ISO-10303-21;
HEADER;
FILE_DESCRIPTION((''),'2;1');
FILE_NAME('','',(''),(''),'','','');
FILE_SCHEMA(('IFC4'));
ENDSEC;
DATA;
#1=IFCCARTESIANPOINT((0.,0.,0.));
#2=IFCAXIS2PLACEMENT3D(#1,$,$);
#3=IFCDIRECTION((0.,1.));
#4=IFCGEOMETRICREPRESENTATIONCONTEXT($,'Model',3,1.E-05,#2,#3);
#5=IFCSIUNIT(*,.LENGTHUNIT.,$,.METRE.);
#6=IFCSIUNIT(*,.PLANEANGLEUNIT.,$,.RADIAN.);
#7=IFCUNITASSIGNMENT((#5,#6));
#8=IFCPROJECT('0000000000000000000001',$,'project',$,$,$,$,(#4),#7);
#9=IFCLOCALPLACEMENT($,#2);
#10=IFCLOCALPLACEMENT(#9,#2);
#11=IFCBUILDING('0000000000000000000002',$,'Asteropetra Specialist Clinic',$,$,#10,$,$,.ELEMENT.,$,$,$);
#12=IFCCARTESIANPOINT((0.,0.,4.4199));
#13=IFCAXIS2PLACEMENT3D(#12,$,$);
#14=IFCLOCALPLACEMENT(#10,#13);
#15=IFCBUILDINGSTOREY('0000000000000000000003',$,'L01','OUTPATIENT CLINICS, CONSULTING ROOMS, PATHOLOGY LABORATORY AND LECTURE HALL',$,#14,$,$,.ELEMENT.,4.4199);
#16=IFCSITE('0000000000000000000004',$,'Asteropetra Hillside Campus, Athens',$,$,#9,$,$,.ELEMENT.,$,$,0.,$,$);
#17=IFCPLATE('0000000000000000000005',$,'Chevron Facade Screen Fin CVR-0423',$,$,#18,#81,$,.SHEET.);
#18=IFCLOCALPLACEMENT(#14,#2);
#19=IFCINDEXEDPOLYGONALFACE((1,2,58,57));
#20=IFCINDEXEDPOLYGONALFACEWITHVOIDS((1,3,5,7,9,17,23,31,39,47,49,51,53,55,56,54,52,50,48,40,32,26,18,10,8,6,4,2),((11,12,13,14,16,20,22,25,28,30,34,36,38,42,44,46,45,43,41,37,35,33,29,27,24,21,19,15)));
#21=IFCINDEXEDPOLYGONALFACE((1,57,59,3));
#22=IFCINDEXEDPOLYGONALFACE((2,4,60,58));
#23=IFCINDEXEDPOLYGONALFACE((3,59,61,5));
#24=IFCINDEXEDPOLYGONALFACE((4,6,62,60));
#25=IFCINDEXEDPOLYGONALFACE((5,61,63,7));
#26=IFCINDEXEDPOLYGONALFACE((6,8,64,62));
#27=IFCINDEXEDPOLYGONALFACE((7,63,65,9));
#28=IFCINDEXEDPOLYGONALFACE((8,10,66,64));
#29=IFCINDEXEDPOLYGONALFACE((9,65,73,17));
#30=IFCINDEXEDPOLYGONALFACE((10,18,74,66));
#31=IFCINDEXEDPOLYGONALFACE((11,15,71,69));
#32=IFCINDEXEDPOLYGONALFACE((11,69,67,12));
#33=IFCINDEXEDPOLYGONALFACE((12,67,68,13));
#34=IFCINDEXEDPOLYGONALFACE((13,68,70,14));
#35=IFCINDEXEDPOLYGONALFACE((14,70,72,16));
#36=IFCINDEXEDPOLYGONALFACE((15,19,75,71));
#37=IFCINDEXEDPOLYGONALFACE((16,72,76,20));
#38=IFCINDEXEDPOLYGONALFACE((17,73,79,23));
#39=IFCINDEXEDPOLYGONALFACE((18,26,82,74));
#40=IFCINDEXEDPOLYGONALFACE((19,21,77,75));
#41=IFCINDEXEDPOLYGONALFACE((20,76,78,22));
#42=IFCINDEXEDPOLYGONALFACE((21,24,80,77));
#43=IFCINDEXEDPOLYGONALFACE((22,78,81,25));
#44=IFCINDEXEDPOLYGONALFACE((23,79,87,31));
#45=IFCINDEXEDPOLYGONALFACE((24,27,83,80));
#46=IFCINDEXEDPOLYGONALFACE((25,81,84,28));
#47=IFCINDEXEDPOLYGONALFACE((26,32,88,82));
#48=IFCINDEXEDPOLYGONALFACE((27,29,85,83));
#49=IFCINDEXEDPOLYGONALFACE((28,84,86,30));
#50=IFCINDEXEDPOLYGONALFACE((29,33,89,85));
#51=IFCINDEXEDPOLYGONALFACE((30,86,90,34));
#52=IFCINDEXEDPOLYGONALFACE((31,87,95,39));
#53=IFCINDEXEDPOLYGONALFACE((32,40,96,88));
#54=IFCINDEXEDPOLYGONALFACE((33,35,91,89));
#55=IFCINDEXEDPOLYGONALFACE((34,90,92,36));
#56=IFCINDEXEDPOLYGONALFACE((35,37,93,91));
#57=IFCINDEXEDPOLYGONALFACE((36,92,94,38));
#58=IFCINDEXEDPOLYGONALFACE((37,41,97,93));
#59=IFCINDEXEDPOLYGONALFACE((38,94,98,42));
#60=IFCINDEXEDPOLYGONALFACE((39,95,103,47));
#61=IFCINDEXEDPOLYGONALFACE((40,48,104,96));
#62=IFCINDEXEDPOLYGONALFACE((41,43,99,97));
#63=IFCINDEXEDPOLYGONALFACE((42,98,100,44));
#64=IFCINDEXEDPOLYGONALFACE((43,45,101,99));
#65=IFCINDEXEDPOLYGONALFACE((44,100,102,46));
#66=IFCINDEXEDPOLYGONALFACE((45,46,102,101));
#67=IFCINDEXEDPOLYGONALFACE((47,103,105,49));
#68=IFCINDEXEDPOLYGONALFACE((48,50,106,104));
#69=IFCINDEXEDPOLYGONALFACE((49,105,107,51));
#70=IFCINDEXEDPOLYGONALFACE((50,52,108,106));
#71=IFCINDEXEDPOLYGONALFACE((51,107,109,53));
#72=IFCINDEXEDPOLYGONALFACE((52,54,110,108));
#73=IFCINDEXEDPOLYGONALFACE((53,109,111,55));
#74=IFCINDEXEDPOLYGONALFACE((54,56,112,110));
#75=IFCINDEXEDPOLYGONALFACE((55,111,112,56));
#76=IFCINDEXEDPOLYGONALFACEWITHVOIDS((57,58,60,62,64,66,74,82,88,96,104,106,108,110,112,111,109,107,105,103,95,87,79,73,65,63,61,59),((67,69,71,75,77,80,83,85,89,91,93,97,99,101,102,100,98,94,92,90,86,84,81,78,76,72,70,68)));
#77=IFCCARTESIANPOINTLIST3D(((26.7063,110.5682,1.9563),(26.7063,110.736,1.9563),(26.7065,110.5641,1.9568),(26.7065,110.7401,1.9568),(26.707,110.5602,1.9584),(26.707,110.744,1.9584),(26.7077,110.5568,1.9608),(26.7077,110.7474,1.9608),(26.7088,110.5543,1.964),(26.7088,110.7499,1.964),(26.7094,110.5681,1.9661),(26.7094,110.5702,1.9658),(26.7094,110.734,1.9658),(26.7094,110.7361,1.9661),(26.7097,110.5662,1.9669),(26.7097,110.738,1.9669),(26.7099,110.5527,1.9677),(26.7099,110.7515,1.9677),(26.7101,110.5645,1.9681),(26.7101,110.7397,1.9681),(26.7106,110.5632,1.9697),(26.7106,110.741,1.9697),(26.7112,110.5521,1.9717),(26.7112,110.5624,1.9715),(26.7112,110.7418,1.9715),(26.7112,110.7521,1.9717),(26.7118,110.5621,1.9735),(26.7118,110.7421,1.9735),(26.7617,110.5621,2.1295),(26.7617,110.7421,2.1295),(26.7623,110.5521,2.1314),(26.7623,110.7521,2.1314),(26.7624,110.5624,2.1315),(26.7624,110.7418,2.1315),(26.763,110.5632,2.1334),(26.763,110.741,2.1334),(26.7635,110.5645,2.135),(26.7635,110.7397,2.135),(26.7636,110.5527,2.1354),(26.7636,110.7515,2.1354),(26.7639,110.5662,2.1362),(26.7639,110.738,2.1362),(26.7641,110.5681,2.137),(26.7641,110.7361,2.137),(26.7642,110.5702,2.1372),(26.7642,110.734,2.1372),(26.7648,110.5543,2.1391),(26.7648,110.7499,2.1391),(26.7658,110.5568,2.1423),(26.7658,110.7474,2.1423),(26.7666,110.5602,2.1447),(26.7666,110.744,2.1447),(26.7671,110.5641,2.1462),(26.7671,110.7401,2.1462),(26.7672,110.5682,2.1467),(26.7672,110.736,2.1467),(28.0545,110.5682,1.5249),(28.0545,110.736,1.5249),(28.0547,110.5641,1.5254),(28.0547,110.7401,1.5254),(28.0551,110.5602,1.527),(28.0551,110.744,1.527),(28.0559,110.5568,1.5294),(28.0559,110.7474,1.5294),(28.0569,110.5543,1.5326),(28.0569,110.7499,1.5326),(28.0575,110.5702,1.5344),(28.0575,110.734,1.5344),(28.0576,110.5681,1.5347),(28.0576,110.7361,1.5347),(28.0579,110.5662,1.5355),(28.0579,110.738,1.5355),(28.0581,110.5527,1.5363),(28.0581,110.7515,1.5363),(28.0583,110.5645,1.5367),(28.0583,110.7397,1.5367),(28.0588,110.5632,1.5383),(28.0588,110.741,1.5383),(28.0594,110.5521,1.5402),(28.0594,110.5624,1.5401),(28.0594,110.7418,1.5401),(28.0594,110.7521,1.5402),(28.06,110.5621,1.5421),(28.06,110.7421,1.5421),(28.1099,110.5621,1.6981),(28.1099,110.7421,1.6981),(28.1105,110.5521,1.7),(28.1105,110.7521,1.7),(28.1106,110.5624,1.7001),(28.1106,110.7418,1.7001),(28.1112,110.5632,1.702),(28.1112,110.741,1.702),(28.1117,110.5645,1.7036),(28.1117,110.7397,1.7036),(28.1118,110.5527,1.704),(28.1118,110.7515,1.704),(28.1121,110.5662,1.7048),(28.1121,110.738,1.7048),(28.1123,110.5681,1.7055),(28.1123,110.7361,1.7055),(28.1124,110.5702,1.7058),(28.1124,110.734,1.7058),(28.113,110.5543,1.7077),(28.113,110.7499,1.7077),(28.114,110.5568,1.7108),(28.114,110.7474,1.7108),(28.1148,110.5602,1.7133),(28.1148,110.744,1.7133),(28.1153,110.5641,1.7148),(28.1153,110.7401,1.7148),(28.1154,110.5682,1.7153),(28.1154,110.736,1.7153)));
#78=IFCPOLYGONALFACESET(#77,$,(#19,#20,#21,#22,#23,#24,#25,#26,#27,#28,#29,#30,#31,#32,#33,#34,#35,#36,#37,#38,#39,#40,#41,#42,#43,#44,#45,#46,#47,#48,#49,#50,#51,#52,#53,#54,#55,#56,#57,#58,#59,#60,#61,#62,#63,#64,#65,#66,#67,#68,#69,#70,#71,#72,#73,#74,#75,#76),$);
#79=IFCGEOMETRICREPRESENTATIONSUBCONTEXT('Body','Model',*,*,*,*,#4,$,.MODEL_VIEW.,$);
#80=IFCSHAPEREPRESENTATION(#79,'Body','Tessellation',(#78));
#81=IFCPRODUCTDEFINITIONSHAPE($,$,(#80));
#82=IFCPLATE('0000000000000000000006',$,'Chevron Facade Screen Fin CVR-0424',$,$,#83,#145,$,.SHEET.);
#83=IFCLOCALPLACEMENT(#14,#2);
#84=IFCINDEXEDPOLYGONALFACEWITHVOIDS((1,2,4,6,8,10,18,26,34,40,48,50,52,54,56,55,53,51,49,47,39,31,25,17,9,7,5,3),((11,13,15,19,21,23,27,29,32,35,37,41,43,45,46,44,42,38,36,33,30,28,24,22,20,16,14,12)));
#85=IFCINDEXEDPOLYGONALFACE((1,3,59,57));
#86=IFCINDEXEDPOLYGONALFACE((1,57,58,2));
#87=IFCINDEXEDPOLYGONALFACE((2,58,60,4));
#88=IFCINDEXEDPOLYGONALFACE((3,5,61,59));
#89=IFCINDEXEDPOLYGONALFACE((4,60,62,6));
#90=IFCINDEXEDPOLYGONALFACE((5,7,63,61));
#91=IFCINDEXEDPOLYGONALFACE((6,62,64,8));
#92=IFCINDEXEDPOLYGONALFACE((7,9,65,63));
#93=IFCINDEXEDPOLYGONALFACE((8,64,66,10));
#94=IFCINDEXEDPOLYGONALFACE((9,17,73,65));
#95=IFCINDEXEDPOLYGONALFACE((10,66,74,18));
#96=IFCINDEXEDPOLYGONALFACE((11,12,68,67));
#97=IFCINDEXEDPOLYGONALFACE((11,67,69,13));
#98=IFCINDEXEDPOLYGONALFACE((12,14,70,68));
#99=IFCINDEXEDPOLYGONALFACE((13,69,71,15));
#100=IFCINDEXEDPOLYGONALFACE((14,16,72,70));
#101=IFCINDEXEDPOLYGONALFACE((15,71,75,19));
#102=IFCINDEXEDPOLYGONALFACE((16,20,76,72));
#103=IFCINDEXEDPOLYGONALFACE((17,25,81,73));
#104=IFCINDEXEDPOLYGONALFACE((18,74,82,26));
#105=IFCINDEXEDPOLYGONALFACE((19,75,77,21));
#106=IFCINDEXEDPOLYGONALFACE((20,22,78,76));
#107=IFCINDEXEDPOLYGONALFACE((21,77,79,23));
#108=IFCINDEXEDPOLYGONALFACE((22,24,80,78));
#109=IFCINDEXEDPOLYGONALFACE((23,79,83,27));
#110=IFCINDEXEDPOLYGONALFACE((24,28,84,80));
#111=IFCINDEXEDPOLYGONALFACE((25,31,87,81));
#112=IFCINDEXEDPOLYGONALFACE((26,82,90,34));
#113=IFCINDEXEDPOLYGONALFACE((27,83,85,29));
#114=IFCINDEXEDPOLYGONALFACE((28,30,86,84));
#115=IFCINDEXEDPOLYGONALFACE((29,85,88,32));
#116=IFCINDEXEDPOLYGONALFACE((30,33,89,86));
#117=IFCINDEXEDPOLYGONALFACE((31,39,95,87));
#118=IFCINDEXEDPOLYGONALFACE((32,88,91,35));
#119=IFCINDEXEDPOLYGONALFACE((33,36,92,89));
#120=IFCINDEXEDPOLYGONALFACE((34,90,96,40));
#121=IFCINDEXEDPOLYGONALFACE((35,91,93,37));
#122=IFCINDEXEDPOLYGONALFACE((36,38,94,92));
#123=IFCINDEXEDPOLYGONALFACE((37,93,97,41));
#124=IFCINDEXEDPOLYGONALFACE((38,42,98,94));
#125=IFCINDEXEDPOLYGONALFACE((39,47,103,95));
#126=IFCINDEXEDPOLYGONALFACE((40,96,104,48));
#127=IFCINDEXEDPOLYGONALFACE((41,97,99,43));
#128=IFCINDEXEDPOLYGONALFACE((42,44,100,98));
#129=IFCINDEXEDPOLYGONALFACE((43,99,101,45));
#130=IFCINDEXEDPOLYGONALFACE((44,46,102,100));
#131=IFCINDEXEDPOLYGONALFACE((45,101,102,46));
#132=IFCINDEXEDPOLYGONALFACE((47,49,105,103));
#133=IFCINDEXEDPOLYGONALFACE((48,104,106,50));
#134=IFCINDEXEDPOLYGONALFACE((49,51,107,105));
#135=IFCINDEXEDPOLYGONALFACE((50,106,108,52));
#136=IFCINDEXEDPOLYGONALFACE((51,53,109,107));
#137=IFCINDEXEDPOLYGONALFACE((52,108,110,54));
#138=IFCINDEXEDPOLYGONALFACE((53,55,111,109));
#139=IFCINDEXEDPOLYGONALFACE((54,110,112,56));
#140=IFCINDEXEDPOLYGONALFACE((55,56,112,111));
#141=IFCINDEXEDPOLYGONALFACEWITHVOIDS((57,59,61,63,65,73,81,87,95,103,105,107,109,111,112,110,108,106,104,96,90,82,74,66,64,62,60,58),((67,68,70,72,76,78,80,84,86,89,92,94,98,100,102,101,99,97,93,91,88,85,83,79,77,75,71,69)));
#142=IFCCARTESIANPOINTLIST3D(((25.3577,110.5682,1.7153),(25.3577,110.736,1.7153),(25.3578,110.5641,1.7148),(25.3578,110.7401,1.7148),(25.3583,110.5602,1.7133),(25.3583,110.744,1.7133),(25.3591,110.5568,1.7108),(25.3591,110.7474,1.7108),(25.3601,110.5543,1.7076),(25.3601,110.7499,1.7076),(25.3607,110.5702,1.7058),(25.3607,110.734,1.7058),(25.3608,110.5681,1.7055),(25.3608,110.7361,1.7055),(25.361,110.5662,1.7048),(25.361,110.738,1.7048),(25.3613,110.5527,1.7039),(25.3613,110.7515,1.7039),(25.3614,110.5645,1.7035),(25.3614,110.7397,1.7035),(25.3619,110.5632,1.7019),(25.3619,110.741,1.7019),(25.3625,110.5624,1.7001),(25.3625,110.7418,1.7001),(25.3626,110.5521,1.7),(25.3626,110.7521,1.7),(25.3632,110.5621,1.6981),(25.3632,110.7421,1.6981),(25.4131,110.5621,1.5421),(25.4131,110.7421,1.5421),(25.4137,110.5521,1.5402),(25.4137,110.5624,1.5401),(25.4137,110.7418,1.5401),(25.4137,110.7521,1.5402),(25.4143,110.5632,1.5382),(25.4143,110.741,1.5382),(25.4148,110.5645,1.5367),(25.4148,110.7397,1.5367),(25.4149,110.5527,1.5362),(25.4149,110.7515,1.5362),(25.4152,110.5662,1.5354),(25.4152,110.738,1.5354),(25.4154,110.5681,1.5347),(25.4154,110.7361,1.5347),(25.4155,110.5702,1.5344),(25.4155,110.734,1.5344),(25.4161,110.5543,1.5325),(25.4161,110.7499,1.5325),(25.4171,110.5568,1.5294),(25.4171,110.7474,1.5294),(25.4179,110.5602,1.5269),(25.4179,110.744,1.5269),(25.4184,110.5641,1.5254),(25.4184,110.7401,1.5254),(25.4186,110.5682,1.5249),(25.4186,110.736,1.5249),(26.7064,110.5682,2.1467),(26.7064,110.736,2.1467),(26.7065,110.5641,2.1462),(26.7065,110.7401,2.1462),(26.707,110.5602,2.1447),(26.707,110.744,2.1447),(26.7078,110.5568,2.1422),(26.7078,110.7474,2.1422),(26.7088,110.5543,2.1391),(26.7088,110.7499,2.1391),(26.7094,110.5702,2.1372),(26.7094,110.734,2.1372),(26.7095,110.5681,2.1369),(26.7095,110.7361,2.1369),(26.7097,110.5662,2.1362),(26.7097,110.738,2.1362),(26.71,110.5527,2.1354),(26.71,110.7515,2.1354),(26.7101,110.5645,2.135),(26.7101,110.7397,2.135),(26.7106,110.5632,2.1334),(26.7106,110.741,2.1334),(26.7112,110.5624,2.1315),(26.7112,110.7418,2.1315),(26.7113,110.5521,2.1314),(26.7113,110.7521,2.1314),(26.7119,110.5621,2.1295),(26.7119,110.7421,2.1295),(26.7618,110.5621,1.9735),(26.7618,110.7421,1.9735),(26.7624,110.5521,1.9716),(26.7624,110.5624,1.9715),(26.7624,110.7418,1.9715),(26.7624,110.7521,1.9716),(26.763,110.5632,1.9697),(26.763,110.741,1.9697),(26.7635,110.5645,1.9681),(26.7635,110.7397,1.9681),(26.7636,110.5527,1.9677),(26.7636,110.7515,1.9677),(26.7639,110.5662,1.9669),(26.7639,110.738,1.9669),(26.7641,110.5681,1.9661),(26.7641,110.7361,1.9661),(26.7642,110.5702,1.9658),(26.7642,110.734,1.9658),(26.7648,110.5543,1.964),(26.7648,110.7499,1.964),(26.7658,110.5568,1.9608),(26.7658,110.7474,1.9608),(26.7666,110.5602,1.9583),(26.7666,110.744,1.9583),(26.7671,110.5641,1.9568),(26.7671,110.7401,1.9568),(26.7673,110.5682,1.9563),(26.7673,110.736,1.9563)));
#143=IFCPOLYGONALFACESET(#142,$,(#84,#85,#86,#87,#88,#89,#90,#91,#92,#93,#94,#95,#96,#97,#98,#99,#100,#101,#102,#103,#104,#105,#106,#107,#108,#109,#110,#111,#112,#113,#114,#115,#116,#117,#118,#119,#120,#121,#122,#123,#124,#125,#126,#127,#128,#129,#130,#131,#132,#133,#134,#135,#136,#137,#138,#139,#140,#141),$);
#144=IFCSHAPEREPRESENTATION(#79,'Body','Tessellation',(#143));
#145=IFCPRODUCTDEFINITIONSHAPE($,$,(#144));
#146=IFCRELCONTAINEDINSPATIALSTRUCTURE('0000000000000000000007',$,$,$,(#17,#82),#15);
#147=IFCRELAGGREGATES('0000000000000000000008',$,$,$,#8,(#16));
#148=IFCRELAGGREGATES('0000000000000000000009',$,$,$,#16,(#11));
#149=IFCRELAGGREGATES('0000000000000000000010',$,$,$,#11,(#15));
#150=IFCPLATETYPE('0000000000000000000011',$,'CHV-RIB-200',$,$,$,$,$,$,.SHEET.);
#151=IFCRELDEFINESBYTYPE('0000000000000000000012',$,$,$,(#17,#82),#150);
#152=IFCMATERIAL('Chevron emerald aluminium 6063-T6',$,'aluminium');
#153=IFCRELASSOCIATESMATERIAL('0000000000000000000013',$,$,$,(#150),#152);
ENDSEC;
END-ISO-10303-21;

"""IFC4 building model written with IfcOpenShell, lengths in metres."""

from ifc_helpers import new_model, si_unit, direction, frame, origin, origin_2d, place, context, subcontext, project, spatial, hollow_rectangle, extrude, material, material_profile, profile_set, type_object, element, save


model = new_model("IFC4")

# Units and contexts
model_context = context("Model", 3, precision=1e-05, world=origin(), true_north=direction((0.0, 1.0)))
body_context = subcontext(model_context, "Body", "Model", "MODEL_VIEW")
ifc_project = project(units=[si_unit("LENGTHUNIT", "METRE"), si_unit("PLANEANGLEUNIT", "RADIAN")], contexts=[model_context])

# Site, building, storey
site_placement = place(None, origin())
site = spatial("IfcSite", under=ifc_project, at=site_placement, Name="Asteropetra Hillside Campus, Athens", CompositionType="ELEMENT", RefElevation=0.0)
building_placement = place(site_placement, origin())
building = spatial("IfcBuilding", under=site, at=building_placement, Name="Asteropetra Specialist Clinic", CompositionType="ELEMENT")
storey_placement = place(building_placement, frame((0.0, 0.0, 4.4199)))
storey = spatial("IfcBuildingStorey", under=building, at=storey_placement, Name="L01", Description="OUTPATIENT CLINICS, CONSULTING ROOMS, PATHOLOGY LABORATORY AND LECTURE HALL", CompositionType="ELEMENT", Elevation=4.4199)

# Plates
ifc_material_1 = material(Name="Chevron emerald aluminium 6063-T6", Category="aluminium")
ifc_material_profile_1 = material_profile(ifc_material_1, hollow_rectangle(XDim=0.2, YDim=0.2, WallThickness=0.01, InnerFilletRadius=0.0081, OuterFilletRadius=0.0161, at=origin_2d()), Name="SHS 200x200x10.0")
ifc_profile_set_1 = profile_set([ifc_material_profile_1], Name="Chevron emerald aluminium 6063-T6")
plate_type_1 = type_object("IfcPlateType", Name="CHV-RIB-200", PredefinedType="SHEET", material=ifc_profile_set_1)
plate_1_placement = place(storey_placement, frame((28.085, 110.6521, 1.6201), z_axis=(-0.952426, 0.0, 0.304769), x_axis=(0.0, -1.0, 0.0)))
element("IfcPlate", 1, at=plate_1_placement, inside=storey, type_object=plate_type_1, Name="Chevron Facade Screen Fin CVR-0423", PredefinedType="SHEET", context=body_context, shape_type="SweptSolid", body=[
    extrude(hollow_rectangle(XDim=0.2, YDim=0.2, WallThickness=0.01, InnerFilletRadius=0.0081, OuterFilletRadius=0.0161, at=origin_2d()), origin(), (0.0, 0.0, 1.0), 1.4155),
])
plate_2_placement = place(storey_placement, frame((26.7368, 110.6521, 2.0515), z_axis=(-0.952458, 0.0, -0.304669), x_axis=(0.0, -1.0, 0.0)))
element("IfcPlate", 2, at=plate_2_placement, inside=storey, type_object=plate_type_1, Name="Chevron Facade Screen Fin CVR-0424", PredefinedType="SHEET", context=body_context, shape_type="SweptSolid", body=[
    extrude(hollow_rectangle(XDim=0.2, YDim=0.2, WallThickness=0.01, InnerFilletRadius=0.0081, OuterFilletRadius=0.0161, at=origin_2d()), origin(), (0.0, 0.0, 1.0), 1.416),
])

save(model, "model.ifc")
